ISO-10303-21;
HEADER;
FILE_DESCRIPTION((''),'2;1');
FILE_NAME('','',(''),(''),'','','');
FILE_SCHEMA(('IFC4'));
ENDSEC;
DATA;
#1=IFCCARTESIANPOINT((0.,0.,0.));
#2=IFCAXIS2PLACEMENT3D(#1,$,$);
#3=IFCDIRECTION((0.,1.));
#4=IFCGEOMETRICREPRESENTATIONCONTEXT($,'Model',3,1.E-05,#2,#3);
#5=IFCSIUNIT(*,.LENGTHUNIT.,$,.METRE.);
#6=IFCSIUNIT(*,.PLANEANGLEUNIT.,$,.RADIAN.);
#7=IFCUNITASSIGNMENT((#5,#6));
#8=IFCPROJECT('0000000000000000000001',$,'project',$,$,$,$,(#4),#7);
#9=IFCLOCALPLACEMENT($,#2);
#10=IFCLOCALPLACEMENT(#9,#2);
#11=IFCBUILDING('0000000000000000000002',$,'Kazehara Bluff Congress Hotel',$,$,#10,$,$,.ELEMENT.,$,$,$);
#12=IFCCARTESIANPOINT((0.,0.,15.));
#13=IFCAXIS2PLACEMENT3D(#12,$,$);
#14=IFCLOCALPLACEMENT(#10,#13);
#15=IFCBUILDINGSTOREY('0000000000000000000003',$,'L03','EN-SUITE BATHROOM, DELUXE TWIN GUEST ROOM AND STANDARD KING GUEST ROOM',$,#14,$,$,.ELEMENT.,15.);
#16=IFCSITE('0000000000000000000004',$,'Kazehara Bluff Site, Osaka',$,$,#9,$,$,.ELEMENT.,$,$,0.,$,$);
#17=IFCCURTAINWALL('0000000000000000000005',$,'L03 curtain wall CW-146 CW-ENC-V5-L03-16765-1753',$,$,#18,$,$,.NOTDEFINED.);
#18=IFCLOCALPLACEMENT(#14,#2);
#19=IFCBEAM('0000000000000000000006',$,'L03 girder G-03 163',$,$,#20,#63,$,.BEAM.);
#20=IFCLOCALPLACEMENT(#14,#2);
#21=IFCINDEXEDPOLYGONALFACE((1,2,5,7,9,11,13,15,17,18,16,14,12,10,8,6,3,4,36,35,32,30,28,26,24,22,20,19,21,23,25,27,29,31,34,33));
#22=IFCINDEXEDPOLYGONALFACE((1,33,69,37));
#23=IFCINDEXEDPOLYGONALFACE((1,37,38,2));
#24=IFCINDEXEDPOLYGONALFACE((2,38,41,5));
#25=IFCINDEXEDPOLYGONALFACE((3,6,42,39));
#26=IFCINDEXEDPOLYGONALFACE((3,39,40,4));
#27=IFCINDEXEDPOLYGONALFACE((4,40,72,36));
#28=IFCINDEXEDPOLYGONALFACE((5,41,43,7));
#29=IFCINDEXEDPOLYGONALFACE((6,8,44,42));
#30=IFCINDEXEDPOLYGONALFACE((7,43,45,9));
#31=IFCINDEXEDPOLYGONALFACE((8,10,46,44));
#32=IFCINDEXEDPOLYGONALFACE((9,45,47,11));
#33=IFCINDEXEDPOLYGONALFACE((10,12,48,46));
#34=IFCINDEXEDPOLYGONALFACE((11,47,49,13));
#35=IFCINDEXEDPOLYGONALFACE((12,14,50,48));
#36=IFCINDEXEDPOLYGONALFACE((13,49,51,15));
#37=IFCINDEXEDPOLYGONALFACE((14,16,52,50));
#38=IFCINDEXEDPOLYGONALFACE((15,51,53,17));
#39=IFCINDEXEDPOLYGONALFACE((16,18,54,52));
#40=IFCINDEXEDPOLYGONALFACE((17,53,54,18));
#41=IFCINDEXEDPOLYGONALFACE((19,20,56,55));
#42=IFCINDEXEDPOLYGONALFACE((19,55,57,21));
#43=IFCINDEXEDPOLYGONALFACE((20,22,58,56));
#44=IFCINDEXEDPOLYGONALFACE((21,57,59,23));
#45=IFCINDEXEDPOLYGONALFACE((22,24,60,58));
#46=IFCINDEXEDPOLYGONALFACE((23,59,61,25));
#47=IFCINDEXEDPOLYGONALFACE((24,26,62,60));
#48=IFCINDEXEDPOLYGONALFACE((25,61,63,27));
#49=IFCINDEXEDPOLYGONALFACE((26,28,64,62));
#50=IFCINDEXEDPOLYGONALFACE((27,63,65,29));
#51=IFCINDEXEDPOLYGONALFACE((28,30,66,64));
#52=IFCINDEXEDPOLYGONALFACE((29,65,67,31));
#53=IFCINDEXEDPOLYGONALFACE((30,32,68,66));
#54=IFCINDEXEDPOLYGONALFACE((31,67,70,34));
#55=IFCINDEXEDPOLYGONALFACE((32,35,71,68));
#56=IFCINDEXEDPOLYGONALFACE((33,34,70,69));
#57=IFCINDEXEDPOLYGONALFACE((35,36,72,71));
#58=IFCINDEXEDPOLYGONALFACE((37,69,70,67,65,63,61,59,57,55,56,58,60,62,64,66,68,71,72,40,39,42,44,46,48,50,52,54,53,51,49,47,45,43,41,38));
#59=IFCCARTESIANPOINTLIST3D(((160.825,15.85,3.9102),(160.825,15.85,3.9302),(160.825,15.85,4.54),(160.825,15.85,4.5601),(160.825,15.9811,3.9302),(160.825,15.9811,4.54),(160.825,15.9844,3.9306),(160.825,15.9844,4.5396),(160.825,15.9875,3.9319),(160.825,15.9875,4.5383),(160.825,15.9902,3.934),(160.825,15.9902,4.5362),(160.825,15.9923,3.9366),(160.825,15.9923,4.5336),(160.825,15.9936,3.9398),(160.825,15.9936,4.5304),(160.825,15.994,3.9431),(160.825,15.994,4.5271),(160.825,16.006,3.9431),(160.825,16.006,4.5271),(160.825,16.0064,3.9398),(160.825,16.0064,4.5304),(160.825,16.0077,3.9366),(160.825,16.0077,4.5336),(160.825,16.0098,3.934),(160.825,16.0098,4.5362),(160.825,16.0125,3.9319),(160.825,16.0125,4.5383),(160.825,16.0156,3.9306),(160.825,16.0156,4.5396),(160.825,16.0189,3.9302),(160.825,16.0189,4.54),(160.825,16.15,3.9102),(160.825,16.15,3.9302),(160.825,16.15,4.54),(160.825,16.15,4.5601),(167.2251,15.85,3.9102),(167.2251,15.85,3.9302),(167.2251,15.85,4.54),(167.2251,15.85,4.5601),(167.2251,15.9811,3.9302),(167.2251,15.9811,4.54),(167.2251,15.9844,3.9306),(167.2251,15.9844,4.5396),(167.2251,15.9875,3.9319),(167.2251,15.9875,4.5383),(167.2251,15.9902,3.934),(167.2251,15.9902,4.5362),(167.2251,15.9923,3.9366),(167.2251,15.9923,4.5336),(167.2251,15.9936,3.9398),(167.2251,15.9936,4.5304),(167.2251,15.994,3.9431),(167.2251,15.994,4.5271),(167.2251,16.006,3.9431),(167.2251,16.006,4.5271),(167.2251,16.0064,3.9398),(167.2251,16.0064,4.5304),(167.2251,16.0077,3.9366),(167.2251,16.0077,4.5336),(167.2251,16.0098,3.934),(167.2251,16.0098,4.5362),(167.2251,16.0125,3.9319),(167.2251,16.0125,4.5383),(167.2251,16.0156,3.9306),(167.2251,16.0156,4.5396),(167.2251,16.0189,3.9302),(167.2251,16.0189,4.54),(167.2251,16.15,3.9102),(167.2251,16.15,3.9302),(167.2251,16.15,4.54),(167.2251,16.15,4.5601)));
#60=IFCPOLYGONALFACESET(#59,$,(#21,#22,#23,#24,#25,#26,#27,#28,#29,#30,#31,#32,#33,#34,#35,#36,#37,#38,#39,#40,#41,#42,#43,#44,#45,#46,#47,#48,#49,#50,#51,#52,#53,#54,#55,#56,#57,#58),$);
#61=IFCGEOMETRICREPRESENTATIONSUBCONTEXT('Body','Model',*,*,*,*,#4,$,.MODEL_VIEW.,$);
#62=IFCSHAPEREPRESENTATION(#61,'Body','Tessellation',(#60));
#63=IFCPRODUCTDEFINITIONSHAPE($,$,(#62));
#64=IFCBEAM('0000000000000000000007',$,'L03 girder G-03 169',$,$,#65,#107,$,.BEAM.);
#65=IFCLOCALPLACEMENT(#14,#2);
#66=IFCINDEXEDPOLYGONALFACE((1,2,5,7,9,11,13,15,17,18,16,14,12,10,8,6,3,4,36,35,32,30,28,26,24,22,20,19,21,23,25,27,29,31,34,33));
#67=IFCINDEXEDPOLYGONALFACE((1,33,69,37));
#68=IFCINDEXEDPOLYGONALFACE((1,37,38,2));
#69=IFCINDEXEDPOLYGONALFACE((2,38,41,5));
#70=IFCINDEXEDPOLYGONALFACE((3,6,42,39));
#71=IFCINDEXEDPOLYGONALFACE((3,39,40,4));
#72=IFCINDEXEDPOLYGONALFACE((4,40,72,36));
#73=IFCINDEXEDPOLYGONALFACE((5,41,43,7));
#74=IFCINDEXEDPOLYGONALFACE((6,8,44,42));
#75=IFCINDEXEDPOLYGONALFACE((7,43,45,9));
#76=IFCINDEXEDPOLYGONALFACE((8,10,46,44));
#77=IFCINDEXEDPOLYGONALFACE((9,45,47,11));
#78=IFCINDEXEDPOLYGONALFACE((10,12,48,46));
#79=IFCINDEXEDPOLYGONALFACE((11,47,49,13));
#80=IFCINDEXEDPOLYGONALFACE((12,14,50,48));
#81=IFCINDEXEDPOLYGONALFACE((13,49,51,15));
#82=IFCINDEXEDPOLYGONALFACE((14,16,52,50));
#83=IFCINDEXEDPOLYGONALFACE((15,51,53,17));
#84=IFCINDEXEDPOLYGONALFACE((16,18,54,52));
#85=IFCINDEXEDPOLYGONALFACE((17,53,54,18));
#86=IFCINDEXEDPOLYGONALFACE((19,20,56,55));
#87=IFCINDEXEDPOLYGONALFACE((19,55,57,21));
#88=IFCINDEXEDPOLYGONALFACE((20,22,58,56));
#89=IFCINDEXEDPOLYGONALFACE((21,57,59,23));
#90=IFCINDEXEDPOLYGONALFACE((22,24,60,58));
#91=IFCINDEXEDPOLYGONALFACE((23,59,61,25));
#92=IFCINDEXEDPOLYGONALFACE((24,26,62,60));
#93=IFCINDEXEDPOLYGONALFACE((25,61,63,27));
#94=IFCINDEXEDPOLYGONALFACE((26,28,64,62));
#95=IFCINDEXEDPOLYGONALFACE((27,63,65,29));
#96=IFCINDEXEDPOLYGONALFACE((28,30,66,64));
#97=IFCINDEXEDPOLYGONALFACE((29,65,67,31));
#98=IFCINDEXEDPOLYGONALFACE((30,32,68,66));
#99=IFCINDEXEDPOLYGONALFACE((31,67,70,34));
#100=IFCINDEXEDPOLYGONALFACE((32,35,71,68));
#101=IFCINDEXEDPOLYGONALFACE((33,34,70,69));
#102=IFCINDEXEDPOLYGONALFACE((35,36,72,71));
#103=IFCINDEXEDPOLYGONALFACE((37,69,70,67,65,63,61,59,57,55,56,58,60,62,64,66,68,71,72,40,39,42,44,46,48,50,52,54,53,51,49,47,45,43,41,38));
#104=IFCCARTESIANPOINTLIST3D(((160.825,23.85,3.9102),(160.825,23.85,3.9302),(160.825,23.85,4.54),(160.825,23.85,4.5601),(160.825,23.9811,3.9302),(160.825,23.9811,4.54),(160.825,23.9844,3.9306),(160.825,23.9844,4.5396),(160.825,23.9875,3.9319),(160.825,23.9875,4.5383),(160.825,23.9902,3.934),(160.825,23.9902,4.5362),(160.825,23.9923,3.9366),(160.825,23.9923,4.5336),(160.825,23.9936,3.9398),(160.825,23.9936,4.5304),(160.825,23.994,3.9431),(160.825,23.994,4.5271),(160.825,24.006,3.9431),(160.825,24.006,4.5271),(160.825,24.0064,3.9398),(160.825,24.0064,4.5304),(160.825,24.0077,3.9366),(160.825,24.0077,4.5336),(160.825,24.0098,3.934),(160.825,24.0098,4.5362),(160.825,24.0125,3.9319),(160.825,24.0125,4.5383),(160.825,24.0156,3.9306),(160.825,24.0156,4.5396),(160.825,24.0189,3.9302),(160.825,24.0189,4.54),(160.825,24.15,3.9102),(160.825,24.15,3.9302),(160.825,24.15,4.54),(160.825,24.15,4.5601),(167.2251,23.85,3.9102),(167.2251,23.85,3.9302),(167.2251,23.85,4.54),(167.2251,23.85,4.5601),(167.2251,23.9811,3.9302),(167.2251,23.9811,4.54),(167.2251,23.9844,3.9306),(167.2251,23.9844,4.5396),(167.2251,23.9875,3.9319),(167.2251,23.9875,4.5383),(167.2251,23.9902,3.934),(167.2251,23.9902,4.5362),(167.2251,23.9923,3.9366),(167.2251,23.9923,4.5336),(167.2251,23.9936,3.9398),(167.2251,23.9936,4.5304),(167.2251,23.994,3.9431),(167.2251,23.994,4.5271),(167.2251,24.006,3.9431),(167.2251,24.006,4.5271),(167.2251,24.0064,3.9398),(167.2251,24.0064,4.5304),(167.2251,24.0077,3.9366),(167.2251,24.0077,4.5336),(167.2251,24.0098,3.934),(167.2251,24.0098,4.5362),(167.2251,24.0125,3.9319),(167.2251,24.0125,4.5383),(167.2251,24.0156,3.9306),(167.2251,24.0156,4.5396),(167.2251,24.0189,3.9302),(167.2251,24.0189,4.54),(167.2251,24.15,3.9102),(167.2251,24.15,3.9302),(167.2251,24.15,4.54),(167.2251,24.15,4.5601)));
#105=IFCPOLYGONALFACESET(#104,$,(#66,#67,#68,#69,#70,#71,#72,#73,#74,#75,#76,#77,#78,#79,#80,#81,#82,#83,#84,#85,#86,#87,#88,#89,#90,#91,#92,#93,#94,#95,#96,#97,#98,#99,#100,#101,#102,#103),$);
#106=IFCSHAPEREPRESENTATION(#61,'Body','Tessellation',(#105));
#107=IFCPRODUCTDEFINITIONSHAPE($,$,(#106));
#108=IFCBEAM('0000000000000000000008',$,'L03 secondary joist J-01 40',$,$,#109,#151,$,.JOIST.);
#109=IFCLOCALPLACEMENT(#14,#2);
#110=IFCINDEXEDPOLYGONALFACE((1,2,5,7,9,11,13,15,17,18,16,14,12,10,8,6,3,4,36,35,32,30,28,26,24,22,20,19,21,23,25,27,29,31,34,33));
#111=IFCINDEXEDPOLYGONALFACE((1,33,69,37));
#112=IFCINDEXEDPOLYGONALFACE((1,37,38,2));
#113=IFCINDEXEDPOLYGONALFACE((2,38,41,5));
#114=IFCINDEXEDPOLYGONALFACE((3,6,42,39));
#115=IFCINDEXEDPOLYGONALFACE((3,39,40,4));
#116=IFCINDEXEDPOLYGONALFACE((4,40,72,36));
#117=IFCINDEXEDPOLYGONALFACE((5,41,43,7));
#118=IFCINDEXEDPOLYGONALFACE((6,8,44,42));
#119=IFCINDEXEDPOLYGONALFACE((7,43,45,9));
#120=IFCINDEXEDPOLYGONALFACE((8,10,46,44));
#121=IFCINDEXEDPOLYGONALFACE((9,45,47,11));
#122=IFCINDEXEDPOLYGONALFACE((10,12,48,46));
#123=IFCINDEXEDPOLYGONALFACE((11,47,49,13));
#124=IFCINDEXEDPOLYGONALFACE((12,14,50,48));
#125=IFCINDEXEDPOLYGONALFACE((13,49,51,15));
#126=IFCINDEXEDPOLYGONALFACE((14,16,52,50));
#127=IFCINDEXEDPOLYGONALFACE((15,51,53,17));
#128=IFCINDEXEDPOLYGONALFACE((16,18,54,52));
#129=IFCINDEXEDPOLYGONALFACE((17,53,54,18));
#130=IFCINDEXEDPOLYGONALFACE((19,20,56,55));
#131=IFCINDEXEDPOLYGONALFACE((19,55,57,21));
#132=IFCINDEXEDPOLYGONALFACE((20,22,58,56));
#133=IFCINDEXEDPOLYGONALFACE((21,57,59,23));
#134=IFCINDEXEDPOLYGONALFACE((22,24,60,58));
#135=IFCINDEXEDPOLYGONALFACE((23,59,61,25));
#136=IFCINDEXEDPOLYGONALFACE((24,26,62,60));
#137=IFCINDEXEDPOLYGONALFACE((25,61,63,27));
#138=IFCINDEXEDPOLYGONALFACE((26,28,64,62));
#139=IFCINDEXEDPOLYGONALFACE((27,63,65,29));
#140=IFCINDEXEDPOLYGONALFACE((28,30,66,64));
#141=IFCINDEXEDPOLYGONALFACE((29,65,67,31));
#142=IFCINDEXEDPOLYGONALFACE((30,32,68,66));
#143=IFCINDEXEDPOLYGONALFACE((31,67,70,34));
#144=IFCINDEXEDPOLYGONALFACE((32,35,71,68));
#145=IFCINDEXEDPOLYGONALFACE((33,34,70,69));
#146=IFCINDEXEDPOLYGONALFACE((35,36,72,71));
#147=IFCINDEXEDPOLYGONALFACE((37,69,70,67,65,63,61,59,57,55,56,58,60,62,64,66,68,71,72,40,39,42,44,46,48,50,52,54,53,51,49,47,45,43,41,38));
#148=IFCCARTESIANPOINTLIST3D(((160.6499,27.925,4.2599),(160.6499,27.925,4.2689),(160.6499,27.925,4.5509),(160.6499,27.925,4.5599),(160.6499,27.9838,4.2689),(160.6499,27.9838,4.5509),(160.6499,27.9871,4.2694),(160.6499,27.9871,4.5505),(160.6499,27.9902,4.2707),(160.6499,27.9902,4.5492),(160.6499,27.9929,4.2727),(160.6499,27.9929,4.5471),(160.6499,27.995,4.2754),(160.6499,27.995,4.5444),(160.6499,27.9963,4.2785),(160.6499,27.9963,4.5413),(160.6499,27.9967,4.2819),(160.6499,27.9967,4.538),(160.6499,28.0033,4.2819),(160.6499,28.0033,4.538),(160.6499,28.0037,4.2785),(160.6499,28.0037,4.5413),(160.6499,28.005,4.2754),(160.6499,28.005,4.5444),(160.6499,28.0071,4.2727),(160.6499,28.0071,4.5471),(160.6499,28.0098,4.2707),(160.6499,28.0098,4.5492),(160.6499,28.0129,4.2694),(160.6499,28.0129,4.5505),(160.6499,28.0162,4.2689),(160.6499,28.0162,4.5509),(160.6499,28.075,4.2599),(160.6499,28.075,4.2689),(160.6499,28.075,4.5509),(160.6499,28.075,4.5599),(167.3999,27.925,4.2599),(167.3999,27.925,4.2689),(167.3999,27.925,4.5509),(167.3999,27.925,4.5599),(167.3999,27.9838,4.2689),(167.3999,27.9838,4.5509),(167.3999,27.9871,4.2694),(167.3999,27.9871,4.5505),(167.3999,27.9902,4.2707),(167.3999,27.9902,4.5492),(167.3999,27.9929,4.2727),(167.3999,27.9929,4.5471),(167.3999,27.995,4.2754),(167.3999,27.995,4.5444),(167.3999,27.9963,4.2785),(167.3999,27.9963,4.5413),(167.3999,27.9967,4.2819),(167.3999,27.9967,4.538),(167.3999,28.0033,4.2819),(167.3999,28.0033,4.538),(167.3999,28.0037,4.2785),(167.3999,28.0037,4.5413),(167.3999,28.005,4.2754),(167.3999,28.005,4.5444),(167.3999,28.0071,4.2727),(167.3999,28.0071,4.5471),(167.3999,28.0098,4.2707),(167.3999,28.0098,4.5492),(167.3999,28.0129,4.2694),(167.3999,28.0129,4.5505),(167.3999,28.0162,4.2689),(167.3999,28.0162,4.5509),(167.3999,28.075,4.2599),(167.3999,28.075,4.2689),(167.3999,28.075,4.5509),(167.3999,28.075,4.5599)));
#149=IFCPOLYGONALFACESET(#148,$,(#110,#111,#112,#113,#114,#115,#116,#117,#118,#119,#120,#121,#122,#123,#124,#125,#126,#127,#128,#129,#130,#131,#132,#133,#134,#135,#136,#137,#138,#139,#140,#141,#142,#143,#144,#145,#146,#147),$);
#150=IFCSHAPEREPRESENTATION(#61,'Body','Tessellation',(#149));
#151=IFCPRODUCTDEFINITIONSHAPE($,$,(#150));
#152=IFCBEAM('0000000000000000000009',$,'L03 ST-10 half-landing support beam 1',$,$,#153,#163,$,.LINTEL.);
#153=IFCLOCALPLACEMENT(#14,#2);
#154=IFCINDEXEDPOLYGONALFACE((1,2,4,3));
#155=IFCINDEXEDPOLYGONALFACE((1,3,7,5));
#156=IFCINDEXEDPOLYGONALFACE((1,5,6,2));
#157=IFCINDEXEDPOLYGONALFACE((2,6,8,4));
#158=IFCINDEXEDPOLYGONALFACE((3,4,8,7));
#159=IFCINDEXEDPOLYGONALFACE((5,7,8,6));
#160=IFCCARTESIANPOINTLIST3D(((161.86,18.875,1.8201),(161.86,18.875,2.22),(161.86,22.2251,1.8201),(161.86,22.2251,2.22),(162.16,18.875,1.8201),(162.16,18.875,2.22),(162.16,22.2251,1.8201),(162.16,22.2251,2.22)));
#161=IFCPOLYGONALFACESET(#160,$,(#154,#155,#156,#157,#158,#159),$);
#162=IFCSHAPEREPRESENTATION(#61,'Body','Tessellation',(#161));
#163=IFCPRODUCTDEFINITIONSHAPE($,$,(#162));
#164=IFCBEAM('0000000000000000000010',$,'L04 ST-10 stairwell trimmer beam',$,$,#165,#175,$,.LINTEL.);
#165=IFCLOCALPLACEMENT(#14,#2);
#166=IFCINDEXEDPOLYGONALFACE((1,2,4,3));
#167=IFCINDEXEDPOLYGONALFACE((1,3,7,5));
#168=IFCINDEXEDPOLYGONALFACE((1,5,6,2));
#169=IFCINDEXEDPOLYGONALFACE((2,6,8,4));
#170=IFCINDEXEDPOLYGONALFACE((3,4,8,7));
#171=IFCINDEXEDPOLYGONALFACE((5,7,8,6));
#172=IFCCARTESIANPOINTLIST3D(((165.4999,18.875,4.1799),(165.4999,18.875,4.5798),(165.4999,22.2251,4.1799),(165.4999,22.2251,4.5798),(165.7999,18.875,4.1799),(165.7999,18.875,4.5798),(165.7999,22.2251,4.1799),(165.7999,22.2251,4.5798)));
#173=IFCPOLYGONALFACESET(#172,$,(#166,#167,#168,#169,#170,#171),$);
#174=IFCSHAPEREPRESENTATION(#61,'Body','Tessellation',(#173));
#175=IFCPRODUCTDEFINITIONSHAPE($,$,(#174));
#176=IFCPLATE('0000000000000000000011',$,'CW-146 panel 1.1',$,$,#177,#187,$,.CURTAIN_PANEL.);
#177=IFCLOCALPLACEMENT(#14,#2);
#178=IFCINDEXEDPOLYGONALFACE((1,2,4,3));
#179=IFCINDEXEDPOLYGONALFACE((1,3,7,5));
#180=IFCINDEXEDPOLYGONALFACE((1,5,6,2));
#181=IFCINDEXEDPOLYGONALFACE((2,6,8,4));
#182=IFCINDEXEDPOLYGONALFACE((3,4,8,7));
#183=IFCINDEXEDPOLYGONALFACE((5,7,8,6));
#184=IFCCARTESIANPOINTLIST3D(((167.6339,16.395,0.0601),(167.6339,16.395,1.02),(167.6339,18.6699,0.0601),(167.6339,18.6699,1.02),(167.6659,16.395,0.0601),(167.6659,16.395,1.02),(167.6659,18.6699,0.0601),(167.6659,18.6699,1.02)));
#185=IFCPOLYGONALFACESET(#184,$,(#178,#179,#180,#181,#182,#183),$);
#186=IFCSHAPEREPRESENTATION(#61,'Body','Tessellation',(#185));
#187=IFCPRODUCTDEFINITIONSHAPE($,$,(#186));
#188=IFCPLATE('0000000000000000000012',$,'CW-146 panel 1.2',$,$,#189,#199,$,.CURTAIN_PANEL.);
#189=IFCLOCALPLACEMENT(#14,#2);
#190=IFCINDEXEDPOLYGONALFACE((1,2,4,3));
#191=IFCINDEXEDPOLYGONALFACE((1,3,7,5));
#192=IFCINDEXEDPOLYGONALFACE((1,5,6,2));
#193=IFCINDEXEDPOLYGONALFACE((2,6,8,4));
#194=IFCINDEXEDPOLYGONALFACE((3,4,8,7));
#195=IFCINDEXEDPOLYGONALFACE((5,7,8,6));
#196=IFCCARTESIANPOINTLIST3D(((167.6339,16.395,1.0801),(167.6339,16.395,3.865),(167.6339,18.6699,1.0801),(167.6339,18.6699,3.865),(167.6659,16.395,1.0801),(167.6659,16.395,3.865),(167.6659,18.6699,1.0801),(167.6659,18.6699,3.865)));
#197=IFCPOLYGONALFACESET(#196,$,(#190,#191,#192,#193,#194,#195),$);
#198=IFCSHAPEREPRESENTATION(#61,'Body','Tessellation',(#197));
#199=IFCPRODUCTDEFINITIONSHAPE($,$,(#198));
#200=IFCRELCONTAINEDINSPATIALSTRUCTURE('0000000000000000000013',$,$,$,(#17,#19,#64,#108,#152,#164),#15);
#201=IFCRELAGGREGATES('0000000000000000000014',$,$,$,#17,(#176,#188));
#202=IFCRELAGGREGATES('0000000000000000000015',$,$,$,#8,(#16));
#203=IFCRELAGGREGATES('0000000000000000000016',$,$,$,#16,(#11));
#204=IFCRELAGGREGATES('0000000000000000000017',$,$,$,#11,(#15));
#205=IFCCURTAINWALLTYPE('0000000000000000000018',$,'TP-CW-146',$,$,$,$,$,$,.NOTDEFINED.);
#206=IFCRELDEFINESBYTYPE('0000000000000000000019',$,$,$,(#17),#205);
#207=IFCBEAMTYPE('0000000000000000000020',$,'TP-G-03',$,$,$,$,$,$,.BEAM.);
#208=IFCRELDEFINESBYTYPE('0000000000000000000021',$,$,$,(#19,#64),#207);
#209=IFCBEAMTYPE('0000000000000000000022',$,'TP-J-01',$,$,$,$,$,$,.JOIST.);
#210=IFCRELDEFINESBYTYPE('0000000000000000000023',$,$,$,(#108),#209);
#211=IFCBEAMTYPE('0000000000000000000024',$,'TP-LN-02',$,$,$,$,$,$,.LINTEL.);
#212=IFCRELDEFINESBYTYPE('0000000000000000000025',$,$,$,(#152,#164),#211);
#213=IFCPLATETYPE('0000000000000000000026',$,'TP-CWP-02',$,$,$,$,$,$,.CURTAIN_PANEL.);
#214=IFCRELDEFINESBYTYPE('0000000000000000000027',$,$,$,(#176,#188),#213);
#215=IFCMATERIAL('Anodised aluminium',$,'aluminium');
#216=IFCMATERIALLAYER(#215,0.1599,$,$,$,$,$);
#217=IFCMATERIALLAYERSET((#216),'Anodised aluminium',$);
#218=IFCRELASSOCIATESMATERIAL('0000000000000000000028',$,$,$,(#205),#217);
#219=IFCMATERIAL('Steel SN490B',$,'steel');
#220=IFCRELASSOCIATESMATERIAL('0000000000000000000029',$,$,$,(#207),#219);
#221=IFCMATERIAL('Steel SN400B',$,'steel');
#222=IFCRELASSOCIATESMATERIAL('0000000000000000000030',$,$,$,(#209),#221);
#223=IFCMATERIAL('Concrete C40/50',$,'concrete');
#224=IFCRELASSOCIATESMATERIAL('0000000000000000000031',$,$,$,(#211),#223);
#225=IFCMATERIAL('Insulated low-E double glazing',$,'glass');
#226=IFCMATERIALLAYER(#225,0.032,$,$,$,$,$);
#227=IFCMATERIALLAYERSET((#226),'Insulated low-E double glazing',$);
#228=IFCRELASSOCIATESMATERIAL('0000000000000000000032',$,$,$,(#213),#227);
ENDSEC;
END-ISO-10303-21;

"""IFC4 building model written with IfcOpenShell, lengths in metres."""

from ifc_helpers import new_model, si_unit, direction, frame, origin, origin_2d, place, context, subcontext, project, spatial, rectangle, i_section, extrude, material, layer, layer_set, material_profile, profile_set, type_object, element, aggregate, save


model = new_model("IFC4")

# Units and contexts
model_context = context("Model", 3, precision=1e-05, world=origin(), true_north=direction((0.0, 1.0)))
body_context = subcontext(model_context, "Body", "Model", "MODEL_VIEW")
ifc_project = project(units=[si_unit("LENGTHUNIT", "METRE"), si_unit("PLANEANGLEUNIT", "RADIAN")], contexts=[model_context])

# Site, building, storey
site_placement = place(None, origin())
site = spatial("IfcSite", under=ifc_project, at=site_placement, Name="Kazehara Bluff Site, Osaka", CompositionType="ELEMENT", RefElevation=0.0)
building_placement = place(site_placement, origin())
building = spatial("IfcBuilding", under=site, at=building_placement, Name="Kazehara Bluff Congress Hotel", CompositionType="ELEMENT")
storey_placement = place(building_placement, frame((0.0, 0.0, 15.0)))
storey = spatial("IfcBuildingStorey", under=building, at=storey_placement, Name="L03", Description="EN-SUITE BATHROOM, DELUXE TWIN GUEST ROOM AND STANDARD KING GUEST ROOM", CompositionType="ELEMENT", Elevation=15.0)

# Curtain wall
ifc_material_1 = material(Name="Anodised aluminium", Category="aluminium")
ifc_layer_1 = layer(ifc_material_1, 0.1599)
ifc_layer_set_1 = layer_set([ifc_layer_1], Name="Anodised aluminium")
curtain_wall_type_1 = type_object("IfcCurtainWallType", Name="TP-CW-146", PredefinedType="NOTDEFINED", material=ifc_layer_set_1)
curtain_wall_1_placement = place(storey_placement, origin())
curtain_wall_1 = element("IfcCurtainWall", 1, at=curtain_wall_1_placement, inside=storey, type_object=curtain_wall_type_1, Name="L03 curtain wall CW-146 CW-ENC-V5-L03-16765-1753", PredefinedType="NOTDEFINED")

# Beams
ifc_material_2 = material(Name="Steel SN490B", Category="steel")
ifc_material_profile_1 = material_profile(ifc_material_2, i_section(OverallWidth=0.3, OverallDepth=0.6499, WebThickness=0.012, FlangeThickness=0.02, FilletRadius=0.0129, at=origin_2d()))
ifc_profile_set_1 = profile_set([ifc_material_profile_1], Name="Steel SN490B")
beam_type_1 = type_object("IfcBeamType", Name="TP-G-03", PredefinedType="BEAM", material=ifc_profile_set_1)
for number, where, z_axis, x_axis, name in (
    (2, (160.825, 16.0, 4.2351), (1.0, 0.0, 0.0), (0.0, 1.0, 0.0), "L03 girder G-03 163"),
    (3, (160.825, 24.0, 4.2351), (1.0, 0.0, 0.0), (0.0, 1.0, 0.0), "L03 girder G-03 169"),
):
    element("IfcBeam", number, at=place(storey_placement, frame(where, z_axis=z_axis, x_axis=x_axis)), inside=storey, type_object=beam_type_1, Name=name, PredefinedType="BEAM", context=body_context, shape_type="SweptSolid", body=[
        extrude(i_section(OverallWidth=0.3, OverallDepth=0.6499, WebThickness=0.012, FlangeThickness=0.02, FilletRadius=0.0129, at=origin_2d()), origin(), (0.0, 0.0, 1.0), 6.4001),
    ])
ifc_material_3 = material(Name="Steel SN400B", Category="steel")
ifc_material_profile_2 = material_profile(ifc_material_3, i_section(OverallWidth=0.1499, OverallDepth=0.3, WebThickness=0.0066, FlangeThickness=0.009, FilletRadius=0.0129, at=origin_2d()))
ifc_profile_set_2 = profile_set([ifc_material_profile_2], Name="Steel SN400B")
beam_type_2 = type_object("IfcBeamType", Name="TP-J-01", PredefinedType="JOIST", material=ifc_profile_set_2)
beam_1_placement = place(storey_placement, frame((160.6499, 28.0, 4.4099), z_axis=(1.0, 0.0, 0.0), x_axis=(0.0, 1.0, 0.0)))
element("IfcBeam", 4, at=beam_1_placement, inside=storey, type_object=beam_type_2, Name="L03 secondary joist J-01 40", PredefinedType="JOIST", context=body_context, shape_type="SweptSolid", body=[
    extrude(i_section(OverallWidth=0.1499, OverallDepth=0.3, WebThickness=0.0066, FlangeThickness=0.009, FilletRadius=0.0129, at=origin_2d()), origin(), (0.0, 0.0, 1.0), 6.75),
])
ifc_material_4 = material(Name="Concrete C40/50", Category="concrete")
ifc_material_profile_3 = material_profile(ifc_material_4, rectangle(XDim=0.3, YDim=0.3999, at=origin_2d()))
ifc_profile_set_3 = profile_set([ifc_material_profile_3], Name="Concrete C40/50")
beam_type_3 = type_object("IfcBeamType", Name="TP-LN-02", PredefinedType="LINTEL", material=ifc_profile_set_3)
for number, where, z_axis, x_axis, name in (
    (5, (162.01, 22.2251, 2.02), (0.0, -1.0, 0.0), (1.0, 0.0, 0.0), "L03 ST-10 half-landing support beam 1"),
    (6, (165.6499, 22.2251, 4.3799), (0.0, -1.0, 0.0), (1.0, 0.0, 0.0), "L04 ST-10 stairwell trimmer beam"),
):
    element("IfcBeam", number, at=place(storey_placement, frame(where, z_axis=z_axis, x_axis=x_axis)), inside=storey, type_object=beam_type_3, Name=name, PredefinedType="LINTEL", context=body_context, shape_type="SweptSolid", body=[
        extrude(rectangle(XDim=0.3, YDim=0.3999, at=origin_2d()), origin(), (0.0, 0.0, 1.0), 3.3501),
    ])

# Plates
ifc_material_5 = material(Name="Insulated low-E double glazing", Category="glass")
ifc_layer_2 = layer(ifc_material_5, 0.032)
ifc_layer_set_2 = layer_set([ifc_layer_2], Name="Insulated low-E double glazing")
plate_type = type_object("IfcPlateType", Name="TP-CWP-02", PredefinedType="CURTAIN_PANEL", material=ifc_layer_set_2)
plate_1_placement = place(storey_placement, frame((167.6499, 17.5325, 0.0601), z_axis=(0.0, 0.0, 1.0), x_axis=(0.0, -1.0, 0.0)))
plate_1 = element("IfcPlate", 7, at=plate_1_placement, type_object=plate_type, Name="CW-146 panel 1.1", PredefinedType="CURTAIN_PANEL", context=body_context, shape_type="SweptSolid", body=[
    extrude(rectangle(XDim=2.2749, YDim=0.032, at=origin_2d()), origin(), (0.0, 0.0, 1.0), 0.96),
])
plate_2_placement = place(storey_placement, frame((167.6499, 17.5325, 1.0801), z_axis=(0.0, 0.0, 1.0), x_axis=(0.0, -1.0, 0.0)))
plate_2 = element("IfcPlate", 8, at=plate_2_placement, type_object=plate_type, Name="CW-146 panel 1.2", PredefinedType="CURTAIN_PANEL", context=body_context, shape_type="SweptSolid", body=[
    extrude(rectangle(XDim=2.2749, YDim=0.032, at=origin_2d()), origin(), (0.0, 0.0, 1.0), 2.7849),
])
aggregate(curtain_wall_1, [plate_1, plate_2])

save(model, "model.ifc")
